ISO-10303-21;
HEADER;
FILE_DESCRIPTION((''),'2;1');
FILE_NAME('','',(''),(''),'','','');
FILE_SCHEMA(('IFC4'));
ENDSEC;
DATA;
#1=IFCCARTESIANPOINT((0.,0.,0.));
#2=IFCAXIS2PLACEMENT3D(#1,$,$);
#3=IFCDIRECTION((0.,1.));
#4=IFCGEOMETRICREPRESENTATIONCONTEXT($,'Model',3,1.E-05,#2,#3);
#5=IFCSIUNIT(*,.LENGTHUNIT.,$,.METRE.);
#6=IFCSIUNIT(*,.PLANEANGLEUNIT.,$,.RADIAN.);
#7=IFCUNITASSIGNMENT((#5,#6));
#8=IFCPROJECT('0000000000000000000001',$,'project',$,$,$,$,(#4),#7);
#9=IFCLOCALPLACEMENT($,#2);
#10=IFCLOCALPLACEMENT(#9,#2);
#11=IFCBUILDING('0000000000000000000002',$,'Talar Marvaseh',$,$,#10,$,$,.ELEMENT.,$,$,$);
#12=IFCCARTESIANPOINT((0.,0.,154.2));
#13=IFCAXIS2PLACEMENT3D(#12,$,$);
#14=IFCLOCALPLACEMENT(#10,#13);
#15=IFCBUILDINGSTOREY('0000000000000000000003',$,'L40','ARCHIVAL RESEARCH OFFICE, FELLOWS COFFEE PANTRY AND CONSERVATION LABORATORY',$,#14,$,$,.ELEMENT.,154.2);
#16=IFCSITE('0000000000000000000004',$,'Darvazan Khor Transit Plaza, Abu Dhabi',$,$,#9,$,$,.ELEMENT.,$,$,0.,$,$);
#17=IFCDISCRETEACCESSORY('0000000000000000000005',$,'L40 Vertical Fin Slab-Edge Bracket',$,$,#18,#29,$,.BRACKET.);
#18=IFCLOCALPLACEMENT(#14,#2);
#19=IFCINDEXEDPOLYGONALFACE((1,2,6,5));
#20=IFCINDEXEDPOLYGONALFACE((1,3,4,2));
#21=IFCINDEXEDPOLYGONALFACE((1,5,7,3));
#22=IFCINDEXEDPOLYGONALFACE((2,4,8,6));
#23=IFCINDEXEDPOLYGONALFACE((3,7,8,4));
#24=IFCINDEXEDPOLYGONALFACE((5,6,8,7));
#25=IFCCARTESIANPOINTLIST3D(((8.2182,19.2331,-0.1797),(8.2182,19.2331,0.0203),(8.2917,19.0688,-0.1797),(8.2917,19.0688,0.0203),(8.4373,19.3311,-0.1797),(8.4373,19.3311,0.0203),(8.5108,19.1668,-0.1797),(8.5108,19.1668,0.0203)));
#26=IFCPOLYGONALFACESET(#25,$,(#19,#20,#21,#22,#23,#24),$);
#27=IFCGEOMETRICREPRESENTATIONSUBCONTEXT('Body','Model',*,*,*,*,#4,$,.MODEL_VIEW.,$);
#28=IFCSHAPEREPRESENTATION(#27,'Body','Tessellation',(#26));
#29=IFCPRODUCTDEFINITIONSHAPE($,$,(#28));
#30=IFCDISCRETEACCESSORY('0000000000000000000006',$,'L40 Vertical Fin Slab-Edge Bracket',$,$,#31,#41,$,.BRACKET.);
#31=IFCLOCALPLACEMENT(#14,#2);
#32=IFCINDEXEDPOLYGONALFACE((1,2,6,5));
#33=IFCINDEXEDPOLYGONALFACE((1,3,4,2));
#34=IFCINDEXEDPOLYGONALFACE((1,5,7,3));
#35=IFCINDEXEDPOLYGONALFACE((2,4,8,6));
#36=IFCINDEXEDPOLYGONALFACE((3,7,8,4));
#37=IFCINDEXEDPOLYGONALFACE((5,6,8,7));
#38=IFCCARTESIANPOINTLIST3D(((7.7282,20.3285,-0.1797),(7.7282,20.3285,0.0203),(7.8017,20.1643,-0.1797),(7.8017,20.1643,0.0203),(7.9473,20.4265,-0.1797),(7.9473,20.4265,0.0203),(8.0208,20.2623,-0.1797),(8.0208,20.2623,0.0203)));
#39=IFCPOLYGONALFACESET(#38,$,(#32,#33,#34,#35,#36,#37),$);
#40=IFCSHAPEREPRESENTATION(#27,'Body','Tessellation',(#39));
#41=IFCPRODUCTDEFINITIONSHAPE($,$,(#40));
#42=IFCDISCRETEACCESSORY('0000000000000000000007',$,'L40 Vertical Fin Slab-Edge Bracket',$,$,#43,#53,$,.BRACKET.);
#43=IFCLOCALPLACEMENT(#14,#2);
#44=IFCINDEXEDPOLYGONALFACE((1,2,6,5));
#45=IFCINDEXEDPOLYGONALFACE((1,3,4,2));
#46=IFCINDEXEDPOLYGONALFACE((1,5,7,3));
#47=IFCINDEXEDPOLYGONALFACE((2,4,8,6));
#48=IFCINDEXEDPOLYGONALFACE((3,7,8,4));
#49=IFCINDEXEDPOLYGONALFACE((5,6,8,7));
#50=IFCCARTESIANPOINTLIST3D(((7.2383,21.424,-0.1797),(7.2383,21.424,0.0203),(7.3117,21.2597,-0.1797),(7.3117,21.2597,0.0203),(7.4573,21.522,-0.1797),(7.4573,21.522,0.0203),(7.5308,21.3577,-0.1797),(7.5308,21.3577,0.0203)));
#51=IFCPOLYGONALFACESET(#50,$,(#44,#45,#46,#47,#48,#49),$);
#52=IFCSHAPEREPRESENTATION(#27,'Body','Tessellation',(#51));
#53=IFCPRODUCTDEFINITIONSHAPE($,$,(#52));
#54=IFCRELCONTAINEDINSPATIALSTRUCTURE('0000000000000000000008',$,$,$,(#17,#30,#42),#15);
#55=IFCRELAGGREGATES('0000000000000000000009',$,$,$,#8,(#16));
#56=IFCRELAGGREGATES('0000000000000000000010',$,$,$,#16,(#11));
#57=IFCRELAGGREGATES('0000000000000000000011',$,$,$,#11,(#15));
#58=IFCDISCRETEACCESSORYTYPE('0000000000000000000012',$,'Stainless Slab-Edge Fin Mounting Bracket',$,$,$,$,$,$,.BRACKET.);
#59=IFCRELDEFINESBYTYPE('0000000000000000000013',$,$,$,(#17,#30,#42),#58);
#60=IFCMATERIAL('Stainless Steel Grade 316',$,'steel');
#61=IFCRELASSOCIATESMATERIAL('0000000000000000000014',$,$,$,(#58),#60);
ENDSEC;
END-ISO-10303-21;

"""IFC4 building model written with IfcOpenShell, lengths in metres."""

from ifc_helpers import new_model, si_unit, direction, frame, origin, origin_2d, place, context, subcontext, project, spatial, rectangle, extrude, source, transform, mapped, material, type_object, type_shapes, element, save


model = new_model("IFC4")

# Units and contexts
model_context = context("Model", 3, precision=1e-05, world=origin(), true_north=direction((0.0, 1.0)))
body_context = subcontext(model_context, "Body", "Model", "MODEL_VIEW")
ifc_project = project(units=[si_unit("LENGTHUNIT", "METRE"), si_unit("PLANEANGLEUNIT", "RADIAN")], contexts=[model_context])

# Site, building, storey
site_placement = place(None, origin())
site = spatial("IfcSite", under=ifc_project, at=site_placement, Name="Darvazan Khor Transit Plaza, Abu Dhabi", CompositionType="ELEMENT", RefElevation=0.0)
building_placement = place(site_placement, origin())
building = spatial("IfcBuilding", under=site, at=building_placement, Name="Talar Marvaseh", CompositionType="ELEMENT")
storey_placement = place(building_placement, frame((0.0, 0.0, 154.2)))
storey = spatial("IfcBuildingStorey", under=building, at=storey_placement, Name="L40", Description="ARCHIVAL RESEARCH OFFICE, FELLOWS COFFEE PANTRY AND CONSERVATION LABORATORY", CompositionType="ELEMENT", Elevation=154.2)

# Discrete accessories
ifc_material_1 = material(Name="Stainless Steel Grade 316", Category="steel")
discrete_accessory_type = type_object("IfcDiscreteAccessoryType", Name="Stainless Slab-Edge Fin Mounting Bracket", PredefinedType="BRACKET", material=ifc_material_1)
shared_shape_1 = source(origin(), body_context, "Body", "SweptSolid", [
    extrude(rectangle(XDim=0.24, YDim=0.1799, at=origin_2d()), origin(), (0.0, 0.0, 1.0), 0.2),
])
type_shapes(discrete_accessory_type, [shared_shape_1])
for number, where, z_axis, x_axis, name in (
    (1, (8.3645, 19.2, -0.1797), (0.0, 0.0, 1.0), (-0.912834, -0.40833, 0.0), "L40 Vertical Fin Slab-Edge Bracket"),
    (2, (7.8745, 20.2954, -0.1797), (0.0, 0.0, 1.0), (-0.912834, -0.40833, 0.0), "L40 Vertical Fin Slab-Edge Bracket"),
    (3, (7.3845, 21.3909, -0.1797), (0.0, 0.0, 1.0), (-0.912834, -0.40833, 0.0), "L40 Vertical Fin Slab-Edge Bracket"),
):
    element("IfcDiscreteAccessory", number, at=place(storey_placement, frame(where, z_axis=z_axis, x_axis=x_axis)), inside=storey, type_object=discrete_accessory_type, Name=name, PredefinedType="BRACKET", context=body_context, shape_type="MappedRepresentation", body=[
        mapped(shared_shape_1, transform((0.0, 0.0, 0.0), x_axis=(1.0, 0.0, 0.0), y_axis=(0.0, 1.0, 0.0), z_axis=(0.0, 0.0, 1.0), scale=1.0)),
    ])

save(model, "model.ifc")
